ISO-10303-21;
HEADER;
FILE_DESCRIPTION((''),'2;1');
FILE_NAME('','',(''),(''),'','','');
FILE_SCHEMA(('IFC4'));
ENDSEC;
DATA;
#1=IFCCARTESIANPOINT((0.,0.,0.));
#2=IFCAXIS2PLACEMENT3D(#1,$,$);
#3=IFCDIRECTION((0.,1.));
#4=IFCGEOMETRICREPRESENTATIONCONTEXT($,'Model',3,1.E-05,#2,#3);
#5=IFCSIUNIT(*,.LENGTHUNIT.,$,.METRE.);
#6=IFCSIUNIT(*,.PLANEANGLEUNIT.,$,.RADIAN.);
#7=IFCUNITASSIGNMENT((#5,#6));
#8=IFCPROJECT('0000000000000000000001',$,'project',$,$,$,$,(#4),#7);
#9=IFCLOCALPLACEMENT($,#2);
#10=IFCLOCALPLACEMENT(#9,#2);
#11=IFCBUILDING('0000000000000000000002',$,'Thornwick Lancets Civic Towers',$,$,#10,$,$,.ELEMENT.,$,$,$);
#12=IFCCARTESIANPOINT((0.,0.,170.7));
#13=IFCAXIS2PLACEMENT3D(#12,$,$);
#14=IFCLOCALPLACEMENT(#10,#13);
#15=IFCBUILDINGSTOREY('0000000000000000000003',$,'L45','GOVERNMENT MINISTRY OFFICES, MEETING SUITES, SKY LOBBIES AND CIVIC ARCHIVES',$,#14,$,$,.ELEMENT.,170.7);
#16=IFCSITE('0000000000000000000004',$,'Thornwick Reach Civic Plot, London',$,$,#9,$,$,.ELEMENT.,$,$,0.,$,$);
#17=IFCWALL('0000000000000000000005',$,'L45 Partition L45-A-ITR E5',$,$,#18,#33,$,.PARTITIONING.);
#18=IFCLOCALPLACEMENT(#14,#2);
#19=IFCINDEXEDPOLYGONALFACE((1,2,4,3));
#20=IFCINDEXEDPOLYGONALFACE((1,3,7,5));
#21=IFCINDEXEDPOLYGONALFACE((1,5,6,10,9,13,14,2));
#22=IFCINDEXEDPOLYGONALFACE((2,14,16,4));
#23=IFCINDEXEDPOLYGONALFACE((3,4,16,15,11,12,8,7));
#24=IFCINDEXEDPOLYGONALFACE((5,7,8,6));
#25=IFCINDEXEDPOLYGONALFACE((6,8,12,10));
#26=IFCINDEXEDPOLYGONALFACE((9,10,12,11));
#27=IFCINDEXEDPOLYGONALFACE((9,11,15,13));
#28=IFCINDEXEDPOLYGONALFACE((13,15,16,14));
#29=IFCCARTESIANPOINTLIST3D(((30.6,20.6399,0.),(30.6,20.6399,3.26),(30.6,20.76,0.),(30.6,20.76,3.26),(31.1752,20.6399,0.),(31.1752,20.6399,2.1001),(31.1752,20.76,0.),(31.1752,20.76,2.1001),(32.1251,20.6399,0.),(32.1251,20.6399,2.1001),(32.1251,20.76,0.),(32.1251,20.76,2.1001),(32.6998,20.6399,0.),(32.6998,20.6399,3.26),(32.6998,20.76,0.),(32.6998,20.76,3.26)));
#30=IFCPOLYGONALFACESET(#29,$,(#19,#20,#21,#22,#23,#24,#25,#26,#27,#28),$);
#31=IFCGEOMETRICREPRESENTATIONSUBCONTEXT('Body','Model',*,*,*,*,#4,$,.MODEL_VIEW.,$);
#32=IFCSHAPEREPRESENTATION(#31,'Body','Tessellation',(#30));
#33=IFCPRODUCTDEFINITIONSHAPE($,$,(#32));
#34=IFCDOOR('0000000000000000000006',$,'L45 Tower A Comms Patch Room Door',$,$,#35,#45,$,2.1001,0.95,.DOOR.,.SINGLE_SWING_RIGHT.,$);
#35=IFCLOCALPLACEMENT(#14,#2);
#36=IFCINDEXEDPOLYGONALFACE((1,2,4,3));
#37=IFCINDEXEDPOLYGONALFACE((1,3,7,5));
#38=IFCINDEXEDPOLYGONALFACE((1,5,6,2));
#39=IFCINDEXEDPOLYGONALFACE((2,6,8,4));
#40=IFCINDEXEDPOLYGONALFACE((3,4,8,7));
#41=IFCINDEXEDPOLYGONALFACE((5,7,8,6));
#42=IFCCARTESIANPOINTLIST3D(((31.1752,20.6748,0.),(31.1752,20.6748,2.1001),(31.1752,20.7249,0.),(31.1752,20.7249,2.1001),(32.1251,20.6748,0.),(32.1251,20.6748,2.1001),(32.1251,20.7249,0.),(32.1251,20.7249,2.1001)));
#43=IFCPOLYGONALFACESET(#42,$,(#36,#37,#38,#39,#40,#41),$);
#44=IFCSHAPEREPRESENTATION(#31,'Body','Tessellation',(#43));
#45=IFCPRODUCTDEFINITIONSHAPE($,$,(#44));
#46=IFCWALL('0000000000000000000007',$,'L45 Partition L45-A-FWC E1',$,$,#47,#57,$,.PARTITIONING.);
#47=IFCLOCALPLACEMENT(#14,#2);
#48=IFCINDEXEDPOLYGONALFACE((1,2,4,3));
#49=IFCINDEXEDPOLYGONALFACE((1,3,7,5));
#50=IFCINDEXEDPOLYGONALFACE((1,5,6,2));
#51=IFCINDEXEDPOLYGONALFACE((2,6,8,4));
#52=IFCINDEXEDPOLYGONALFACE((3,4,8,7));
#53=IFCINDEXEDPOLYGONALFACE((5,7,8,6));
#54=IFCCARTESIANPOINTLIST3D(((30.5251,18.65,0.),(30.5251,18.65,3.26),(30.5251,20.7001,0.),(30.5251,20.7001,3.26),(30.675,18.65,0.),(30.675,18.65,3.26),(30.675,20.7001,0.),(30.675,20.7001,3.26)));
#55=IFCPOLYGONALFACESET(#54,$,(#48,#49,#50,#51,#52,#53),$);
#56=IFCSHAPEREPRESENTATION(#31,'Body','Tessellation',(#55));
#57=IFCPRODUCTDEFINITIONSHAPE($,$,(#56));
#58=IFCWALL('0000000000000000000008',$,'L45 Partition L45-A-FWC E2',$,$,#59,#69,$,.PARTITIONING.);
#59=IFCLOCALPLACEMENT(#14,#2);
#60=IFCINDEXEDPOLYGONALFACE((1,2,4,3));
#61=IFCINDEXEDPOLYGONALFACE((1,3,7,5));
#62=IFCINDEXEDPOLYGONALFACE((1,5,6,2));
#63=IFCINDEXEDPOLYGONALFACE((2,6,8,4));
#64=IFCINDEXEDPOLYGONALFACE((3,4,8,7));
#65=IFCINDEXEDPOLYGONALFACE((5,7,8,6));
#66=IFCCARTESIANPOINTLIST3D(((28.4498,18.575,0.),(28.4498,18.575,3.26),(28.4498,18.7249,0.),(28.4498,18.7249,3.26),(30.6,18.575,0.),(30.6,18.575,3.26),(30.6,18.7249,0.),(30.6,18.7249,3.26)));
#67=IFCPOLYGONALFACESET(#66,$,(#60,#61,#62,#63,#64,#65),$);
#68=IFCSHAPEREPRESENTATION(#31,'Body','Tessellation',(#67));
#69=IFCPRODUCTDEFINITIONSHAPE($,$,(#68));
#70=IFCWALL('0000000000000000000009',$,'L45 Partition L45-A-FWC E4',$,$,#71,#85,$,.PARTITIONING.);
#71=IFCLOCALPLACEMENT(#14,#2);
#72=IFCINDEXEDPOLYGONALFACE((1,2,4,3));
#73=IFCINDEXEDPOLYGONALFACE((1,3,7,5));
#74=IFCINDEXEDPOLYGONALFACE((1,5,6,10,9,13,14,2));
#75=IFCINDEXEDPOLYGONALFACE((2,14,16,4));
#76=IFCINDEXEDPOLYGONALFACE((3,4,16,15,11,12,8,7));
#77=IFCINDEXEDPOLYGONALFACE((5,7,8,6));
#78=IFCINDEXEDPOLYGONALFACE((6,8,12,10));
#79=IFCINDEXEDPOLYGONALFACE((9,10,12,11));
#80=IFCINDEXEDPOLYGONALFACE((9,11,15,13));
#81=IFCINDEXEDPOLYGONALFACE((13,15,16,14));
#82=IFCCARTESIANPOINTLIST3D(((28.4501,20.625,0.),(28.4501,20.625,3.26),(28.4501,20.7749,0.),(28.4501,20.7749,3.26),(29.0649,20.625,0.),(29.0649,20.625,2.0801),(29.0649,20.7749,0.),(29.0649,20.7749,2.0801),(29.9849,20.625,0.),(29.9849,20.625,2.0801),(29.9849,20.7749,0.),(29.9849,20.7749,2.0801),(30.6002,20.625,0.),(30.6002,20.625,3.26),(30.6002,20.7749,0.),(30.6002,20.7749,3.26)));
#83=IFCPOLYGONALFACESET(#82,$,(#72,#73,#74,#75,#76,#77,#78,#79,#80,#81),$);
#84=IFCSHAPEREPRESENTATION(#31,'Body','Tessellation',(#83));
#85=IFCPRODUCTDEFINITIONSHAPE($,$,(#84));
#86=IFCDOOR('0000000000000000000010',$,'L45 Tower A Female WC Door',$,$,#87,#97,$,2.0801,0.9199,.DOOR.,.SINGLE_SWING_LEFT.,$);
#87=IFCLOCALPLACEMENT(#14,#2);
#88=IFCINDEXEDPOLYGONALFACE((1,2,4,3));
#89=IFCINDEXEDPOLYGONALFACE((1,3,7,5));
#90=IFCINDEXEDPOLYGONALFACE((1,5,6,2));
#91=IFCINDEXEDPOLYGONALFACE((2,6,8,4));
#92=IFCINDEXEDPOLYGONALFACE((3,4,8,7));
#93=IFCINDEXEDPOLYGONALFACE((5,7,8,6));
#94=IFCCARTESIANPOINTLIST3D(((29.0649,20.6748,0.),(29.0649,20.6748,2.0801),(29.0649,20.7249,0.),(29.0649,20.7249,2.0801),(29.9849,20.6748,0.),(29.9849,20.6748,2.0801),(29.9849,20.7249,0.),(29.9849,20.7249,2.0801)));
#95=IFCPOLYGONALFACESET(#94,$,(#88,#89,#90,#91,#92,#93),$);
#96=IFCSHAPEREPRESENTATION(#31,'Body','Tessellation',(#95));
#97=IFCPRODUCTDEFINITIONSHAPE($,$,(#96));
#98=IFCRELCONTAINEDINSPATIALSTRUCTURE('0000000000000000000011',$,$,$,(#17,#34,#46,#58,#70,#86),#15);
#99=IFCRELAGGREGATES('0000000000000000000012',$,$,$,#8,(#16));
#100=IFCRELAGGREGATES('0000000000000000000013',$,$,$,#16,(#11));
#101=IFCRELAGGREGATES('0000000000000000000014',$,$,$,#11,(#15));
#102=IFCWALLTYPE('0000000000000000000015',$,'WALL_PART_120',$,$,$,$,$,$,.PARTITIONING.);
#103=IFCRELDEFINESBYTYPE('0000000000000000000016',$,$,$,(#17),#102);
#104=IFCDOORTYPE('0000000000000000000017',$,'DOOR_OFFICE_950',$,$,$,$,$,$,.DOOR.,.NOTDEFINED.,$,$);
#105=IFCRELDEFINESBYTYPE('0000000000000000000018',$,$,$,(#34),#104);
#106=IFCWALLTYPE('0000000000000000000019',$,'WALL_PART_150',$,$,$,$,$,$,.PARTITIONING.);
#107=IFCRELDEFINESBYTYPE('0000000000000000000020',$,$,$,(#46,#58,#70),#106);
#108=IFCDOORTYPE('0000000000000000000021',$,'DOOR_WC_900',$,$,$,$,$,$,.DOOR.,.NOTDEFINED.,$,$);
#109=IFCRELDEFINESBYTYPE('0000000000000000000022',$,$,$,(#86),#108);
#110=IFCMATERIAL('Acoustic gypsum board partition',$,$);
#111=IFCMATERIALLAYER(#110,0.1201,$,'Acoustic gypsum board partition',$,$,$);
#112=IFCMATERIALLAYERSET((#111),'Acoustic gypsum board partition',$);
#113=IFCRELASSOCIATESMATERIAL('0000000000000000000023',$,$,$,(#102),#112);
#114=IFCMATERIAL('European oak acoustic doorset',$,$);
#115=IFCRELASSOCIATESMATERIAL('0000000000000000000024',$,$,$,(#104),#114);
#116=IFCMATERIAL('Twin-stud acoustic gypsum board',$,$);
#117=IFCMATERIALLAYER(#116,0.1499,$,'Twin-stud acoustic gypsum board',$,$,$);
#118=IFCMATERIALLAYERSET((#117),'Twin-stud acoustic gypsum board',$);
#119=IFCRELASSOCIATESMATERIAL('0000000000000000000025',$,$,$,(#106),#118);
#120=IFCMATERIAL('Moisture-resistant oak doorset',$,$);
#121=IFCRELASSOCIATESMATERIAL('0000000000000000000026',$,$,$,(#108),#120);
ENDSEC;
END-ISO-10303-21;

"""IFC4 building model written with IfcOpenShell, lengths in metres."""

from ifc_helpers import new_model, si_unit, direction, frame, frame_2d, origin, place, context, subcontext, project, spatial, rectangle, extrude, material, layer, layer_set, type_object, element, fill, save


model = new_model("IFC4")

# Units and contexts
model_context = context("Model", 3, precision=1e-05, world=origin(), true_north=direction((0.0, 1.0)))
body_context = subcontext(model_context, "Body", "Model", "MODEL_VIEW")
ifc_project = project(units=[si_unit("LENGTHUNIT", "METRE"), si_unit("PLANEANGLEUNIT", "RADIAN")], contexts=[model_context])

# Site, building, storey
site_placement = place(None, origin())
site = spatial("IfcSite", under=ifc_project, at=site_placement, Name="Thornwick Reach Civic Plot, London", CompositionType="ELEMENT", RefElevation=0.0)
building_placement = place(site_placement, origin())
building = spatial("IfcBuilding", under=site, at=building_placement, Name="Thornwick Lancets Civic Towers", CompositionType="ELEMENT")
storey_placement = place(building_placement, frame((0.0, 0.0, 170.7)))
storey = spatial("IfcBuildingStorey", under=building, at=storey_placement, Name="L45", Description="GOVERNMENT MINISTRY OFFICES, MEETING SUITES, SKY LOBBIES AND CIVIC ARCHIVES", CompositionType="ELEMENT", Elevation=170.7)

# Wall, opening, door
ifc_material_1 = material(Name="Acoustic gypsum board partition")
ifc_layer_1 = layer(ifc_material_1, 0.1201, Name="Acoustic gypsum board partition")
ifc_layer_set_1 = layer_set([ifc_layer_1], Name="Acoustic gypsum board partition")
wall_type_1 = type_object("IfcWallType", Name="WALL_PART_120", PredefinedType="PARTITIONING", material=ifc_layer_set_1)
wall_1_placement = place(storey_placement, frame((30.6001, 20.7, 0.0), z_axis=(0.0, 0.0, 1.0), x_axis=(1.0, 0.0, 0.0)))
wall_1 = element("IfcWall", 1, at=wall_1_placement, inside=storey, type_object=wall_type_1, Name="L45 Partition L45-A-ITR E5", PredefinedType="PARTITIONING", context=body_context, shape_type="SweptSolid", body=[
    extrude(rectangle(XDim=2.0999, YDim=0.1201, at=frame_2d((1.0498, 0.0))), origin(), (0.0, 0.0, 1.0), 3.26),
])
opening_1_placement = place(wall_1_placement, frame((0.575, 0.0, 0.0)))
opening_1 = element("IfcOpeningElement", 2, at=opening_1_placement, cuts=wall_1, PredefinedType="OPENING", context=body_context, shape_type="SweptSolid", body=[
    extrude(rectangle(XDim=0.95, YDim=2.1001, at=frame_2d((0.4751, 1.05))), frame((0.0, 0.0701, 0.0), z_axis=(0.0, -1.0, 0.0), x_axis=(1.0, 0.0, 0.0)), (0.0, 0.0, 1.0), 0.1401),
])
ifc_material_2 = material(Name="European oak acoustic doorset")
door_type_1 = type_object("IfcDoorType", Name="DOOR_OFFICE_950", OperationType="NOTDEFINED", PredefinedType="DOOR", material=ifc_material_2)
door_1_placement = place(opening_1_placement, origin())
door_1 = element("IfcDoor", 3, at=door_1_placement, inside=storey, type_object=door_type_1, Name="L45 Tower A Comms Patch Room Door", OperationType="SINGLE_SWING_RIGHT", OverallHeight=2.1001, OverallWidth=0.95, PredefinedType="DOOR", context=body_context, shape_type="SweptSolid", body=[
    extrude(rectangle(XDim=0.95, YDim=2.1001, at=frame_2d((0.4751, 1.05))), frame((0.0, 0.0249, 0.0), z_axis=(0.0, -1.0, 0.0), x_axis=(1.0, 0.0, 0.0)), (0.0, 0.0, 1.0), 0.05),
])
fill(opening_1, door_1)

# Walls
ifc_material_3 = material(Name="Twin-stud acoustic gypsum board")
ifc_layer_2 = layer(ifc_material_3, 0.1499, Name="Twin-stud acoustic gypsum board")
ifc_layer_set_2 = layer_set([ifc_layer_2], Name="Twin-stud acoustic gypsum board")
wall_type_2 = type_object("IfcWallType", Name="WALL_PART_150", PredefinedType="PARTITIONING", material=ifc_layer_set_2)
wall_2_placement = place(storey_placement, frame((30.6001, 20.7, 0.0), z_axis=(0.0, 0.0, 1.0), x_axis=(0.0, -1.0, 0.0)))
element("IfcWall", 4, at=wall_2_placement, inside=storey, type_object=wall_type_2, Name="L45 Partition L45-A-FWC E1", PredefinedType="PARTITIONING", context=body_context, shape_type="SweptSolid", body=[
    extrude(rectangle(XDim=2.05, YDim=0.1499, at=frame_2d((1.0249, 0.0))), origin(), (0.0, 0.0, 1.0), 3.26),
])
wall_3_placement = place(storey_placement, frame((30.6001, 18.6499, 0.0), z_axis=(0.0, 0.0, 1.0), x_axis=(-1.0, 0.0, 0.0)))
element("IfcWall", 5, at=wall_3_placement, inside=storey, type_object=wall_type_2, Name="L45 Partition L45-A-FWC E2", PredefinedType="PARTITIONING", context=body_context, shape_type="SweptSolid", body=[
    extrude(rectangle(XDim=2.1501, YDim=0.1499, at=frame_2d((1.0752, 0.0))), origin(), (0.0, 0.0, 1.0), 3.26),
])

# Wall, opening, door
wall_4_placement = place(storey_placement, frame((28.45, 20.7, 0.0), z_axis=(0.0, 0.0, 1.0), x_axis=(1.0, 0.0, 0.0)))
wall_4 = element("IfcWall", 6, at=wall_4_placement, inside=storey, type_object=wall_type_2, Name="L45 Partition L45-A-FWC E4", PredefinedType="PARTITIONING", context=body_context, shape_type="SweptSolid", body=[
    extrude(rectangle(XDim=2.1501, YDim=0.1499, at=frame_2d((1.0752, 0.0))), origin(), (0.0, 0.0, 1.0), 3.26),
])
opening_2_placement = place(wall_4_placement, frame((0.615, 0.0, 0.0)))
opening_2 = element("IfcOpeningElement", 7, at=opening_2_placement, cuts=wall_4, PredefinedType="OPENING", context=body_context, shape_type="SweptSolid", body=[
    extrude(rectangle(XDim=0.9199, YDim=2.0801, at=frame_2d((0.46, 1.04))), frame((0.0, 0.085, 0.0), z_axis=(0.0, -1.0, 0.0), x_axis=(1.0, 0.0, 0.0)), (0.0, 0.0, 1.0), 0.1699),
])
ifc_material_4 = material(Name="Moisture-resistant oak doorset")
door_type_2 = type_object("IfcDoorType", Name="DOOR_WC_900", OperationType="NOTDEFINED", PredefinedType="DOOR", material=ifc_material_4)
door_2_placement = place(opening_2_placement, origin())
door_2 = element("IfcDoor", 8, at=door_2_placement, inside=storey, type_object=door_type_2, Name="L45 Tower A Female WC Door", OperationType="SINGLE_SWING_LEFT", OverallHeight=2.0801, OverallWidth=0.9199, PredefinedType="DOOR", context=body_context, shape_type="SweptSolid", body=[
    extrude(rectangle(XDim=0.9199, YDim=2.0801, at=frame_2d((0.46, 1.04))), frame((0.0, 0.0249, 0.0), z_axis=(0.0, -1.0, 0.0), x_axis=(1.0, 0.0, 0.0)), (0.0, 0.0, 1.0), 0.05),
])
fill(opening_2, door_2)

save(model, "model.ifc")
